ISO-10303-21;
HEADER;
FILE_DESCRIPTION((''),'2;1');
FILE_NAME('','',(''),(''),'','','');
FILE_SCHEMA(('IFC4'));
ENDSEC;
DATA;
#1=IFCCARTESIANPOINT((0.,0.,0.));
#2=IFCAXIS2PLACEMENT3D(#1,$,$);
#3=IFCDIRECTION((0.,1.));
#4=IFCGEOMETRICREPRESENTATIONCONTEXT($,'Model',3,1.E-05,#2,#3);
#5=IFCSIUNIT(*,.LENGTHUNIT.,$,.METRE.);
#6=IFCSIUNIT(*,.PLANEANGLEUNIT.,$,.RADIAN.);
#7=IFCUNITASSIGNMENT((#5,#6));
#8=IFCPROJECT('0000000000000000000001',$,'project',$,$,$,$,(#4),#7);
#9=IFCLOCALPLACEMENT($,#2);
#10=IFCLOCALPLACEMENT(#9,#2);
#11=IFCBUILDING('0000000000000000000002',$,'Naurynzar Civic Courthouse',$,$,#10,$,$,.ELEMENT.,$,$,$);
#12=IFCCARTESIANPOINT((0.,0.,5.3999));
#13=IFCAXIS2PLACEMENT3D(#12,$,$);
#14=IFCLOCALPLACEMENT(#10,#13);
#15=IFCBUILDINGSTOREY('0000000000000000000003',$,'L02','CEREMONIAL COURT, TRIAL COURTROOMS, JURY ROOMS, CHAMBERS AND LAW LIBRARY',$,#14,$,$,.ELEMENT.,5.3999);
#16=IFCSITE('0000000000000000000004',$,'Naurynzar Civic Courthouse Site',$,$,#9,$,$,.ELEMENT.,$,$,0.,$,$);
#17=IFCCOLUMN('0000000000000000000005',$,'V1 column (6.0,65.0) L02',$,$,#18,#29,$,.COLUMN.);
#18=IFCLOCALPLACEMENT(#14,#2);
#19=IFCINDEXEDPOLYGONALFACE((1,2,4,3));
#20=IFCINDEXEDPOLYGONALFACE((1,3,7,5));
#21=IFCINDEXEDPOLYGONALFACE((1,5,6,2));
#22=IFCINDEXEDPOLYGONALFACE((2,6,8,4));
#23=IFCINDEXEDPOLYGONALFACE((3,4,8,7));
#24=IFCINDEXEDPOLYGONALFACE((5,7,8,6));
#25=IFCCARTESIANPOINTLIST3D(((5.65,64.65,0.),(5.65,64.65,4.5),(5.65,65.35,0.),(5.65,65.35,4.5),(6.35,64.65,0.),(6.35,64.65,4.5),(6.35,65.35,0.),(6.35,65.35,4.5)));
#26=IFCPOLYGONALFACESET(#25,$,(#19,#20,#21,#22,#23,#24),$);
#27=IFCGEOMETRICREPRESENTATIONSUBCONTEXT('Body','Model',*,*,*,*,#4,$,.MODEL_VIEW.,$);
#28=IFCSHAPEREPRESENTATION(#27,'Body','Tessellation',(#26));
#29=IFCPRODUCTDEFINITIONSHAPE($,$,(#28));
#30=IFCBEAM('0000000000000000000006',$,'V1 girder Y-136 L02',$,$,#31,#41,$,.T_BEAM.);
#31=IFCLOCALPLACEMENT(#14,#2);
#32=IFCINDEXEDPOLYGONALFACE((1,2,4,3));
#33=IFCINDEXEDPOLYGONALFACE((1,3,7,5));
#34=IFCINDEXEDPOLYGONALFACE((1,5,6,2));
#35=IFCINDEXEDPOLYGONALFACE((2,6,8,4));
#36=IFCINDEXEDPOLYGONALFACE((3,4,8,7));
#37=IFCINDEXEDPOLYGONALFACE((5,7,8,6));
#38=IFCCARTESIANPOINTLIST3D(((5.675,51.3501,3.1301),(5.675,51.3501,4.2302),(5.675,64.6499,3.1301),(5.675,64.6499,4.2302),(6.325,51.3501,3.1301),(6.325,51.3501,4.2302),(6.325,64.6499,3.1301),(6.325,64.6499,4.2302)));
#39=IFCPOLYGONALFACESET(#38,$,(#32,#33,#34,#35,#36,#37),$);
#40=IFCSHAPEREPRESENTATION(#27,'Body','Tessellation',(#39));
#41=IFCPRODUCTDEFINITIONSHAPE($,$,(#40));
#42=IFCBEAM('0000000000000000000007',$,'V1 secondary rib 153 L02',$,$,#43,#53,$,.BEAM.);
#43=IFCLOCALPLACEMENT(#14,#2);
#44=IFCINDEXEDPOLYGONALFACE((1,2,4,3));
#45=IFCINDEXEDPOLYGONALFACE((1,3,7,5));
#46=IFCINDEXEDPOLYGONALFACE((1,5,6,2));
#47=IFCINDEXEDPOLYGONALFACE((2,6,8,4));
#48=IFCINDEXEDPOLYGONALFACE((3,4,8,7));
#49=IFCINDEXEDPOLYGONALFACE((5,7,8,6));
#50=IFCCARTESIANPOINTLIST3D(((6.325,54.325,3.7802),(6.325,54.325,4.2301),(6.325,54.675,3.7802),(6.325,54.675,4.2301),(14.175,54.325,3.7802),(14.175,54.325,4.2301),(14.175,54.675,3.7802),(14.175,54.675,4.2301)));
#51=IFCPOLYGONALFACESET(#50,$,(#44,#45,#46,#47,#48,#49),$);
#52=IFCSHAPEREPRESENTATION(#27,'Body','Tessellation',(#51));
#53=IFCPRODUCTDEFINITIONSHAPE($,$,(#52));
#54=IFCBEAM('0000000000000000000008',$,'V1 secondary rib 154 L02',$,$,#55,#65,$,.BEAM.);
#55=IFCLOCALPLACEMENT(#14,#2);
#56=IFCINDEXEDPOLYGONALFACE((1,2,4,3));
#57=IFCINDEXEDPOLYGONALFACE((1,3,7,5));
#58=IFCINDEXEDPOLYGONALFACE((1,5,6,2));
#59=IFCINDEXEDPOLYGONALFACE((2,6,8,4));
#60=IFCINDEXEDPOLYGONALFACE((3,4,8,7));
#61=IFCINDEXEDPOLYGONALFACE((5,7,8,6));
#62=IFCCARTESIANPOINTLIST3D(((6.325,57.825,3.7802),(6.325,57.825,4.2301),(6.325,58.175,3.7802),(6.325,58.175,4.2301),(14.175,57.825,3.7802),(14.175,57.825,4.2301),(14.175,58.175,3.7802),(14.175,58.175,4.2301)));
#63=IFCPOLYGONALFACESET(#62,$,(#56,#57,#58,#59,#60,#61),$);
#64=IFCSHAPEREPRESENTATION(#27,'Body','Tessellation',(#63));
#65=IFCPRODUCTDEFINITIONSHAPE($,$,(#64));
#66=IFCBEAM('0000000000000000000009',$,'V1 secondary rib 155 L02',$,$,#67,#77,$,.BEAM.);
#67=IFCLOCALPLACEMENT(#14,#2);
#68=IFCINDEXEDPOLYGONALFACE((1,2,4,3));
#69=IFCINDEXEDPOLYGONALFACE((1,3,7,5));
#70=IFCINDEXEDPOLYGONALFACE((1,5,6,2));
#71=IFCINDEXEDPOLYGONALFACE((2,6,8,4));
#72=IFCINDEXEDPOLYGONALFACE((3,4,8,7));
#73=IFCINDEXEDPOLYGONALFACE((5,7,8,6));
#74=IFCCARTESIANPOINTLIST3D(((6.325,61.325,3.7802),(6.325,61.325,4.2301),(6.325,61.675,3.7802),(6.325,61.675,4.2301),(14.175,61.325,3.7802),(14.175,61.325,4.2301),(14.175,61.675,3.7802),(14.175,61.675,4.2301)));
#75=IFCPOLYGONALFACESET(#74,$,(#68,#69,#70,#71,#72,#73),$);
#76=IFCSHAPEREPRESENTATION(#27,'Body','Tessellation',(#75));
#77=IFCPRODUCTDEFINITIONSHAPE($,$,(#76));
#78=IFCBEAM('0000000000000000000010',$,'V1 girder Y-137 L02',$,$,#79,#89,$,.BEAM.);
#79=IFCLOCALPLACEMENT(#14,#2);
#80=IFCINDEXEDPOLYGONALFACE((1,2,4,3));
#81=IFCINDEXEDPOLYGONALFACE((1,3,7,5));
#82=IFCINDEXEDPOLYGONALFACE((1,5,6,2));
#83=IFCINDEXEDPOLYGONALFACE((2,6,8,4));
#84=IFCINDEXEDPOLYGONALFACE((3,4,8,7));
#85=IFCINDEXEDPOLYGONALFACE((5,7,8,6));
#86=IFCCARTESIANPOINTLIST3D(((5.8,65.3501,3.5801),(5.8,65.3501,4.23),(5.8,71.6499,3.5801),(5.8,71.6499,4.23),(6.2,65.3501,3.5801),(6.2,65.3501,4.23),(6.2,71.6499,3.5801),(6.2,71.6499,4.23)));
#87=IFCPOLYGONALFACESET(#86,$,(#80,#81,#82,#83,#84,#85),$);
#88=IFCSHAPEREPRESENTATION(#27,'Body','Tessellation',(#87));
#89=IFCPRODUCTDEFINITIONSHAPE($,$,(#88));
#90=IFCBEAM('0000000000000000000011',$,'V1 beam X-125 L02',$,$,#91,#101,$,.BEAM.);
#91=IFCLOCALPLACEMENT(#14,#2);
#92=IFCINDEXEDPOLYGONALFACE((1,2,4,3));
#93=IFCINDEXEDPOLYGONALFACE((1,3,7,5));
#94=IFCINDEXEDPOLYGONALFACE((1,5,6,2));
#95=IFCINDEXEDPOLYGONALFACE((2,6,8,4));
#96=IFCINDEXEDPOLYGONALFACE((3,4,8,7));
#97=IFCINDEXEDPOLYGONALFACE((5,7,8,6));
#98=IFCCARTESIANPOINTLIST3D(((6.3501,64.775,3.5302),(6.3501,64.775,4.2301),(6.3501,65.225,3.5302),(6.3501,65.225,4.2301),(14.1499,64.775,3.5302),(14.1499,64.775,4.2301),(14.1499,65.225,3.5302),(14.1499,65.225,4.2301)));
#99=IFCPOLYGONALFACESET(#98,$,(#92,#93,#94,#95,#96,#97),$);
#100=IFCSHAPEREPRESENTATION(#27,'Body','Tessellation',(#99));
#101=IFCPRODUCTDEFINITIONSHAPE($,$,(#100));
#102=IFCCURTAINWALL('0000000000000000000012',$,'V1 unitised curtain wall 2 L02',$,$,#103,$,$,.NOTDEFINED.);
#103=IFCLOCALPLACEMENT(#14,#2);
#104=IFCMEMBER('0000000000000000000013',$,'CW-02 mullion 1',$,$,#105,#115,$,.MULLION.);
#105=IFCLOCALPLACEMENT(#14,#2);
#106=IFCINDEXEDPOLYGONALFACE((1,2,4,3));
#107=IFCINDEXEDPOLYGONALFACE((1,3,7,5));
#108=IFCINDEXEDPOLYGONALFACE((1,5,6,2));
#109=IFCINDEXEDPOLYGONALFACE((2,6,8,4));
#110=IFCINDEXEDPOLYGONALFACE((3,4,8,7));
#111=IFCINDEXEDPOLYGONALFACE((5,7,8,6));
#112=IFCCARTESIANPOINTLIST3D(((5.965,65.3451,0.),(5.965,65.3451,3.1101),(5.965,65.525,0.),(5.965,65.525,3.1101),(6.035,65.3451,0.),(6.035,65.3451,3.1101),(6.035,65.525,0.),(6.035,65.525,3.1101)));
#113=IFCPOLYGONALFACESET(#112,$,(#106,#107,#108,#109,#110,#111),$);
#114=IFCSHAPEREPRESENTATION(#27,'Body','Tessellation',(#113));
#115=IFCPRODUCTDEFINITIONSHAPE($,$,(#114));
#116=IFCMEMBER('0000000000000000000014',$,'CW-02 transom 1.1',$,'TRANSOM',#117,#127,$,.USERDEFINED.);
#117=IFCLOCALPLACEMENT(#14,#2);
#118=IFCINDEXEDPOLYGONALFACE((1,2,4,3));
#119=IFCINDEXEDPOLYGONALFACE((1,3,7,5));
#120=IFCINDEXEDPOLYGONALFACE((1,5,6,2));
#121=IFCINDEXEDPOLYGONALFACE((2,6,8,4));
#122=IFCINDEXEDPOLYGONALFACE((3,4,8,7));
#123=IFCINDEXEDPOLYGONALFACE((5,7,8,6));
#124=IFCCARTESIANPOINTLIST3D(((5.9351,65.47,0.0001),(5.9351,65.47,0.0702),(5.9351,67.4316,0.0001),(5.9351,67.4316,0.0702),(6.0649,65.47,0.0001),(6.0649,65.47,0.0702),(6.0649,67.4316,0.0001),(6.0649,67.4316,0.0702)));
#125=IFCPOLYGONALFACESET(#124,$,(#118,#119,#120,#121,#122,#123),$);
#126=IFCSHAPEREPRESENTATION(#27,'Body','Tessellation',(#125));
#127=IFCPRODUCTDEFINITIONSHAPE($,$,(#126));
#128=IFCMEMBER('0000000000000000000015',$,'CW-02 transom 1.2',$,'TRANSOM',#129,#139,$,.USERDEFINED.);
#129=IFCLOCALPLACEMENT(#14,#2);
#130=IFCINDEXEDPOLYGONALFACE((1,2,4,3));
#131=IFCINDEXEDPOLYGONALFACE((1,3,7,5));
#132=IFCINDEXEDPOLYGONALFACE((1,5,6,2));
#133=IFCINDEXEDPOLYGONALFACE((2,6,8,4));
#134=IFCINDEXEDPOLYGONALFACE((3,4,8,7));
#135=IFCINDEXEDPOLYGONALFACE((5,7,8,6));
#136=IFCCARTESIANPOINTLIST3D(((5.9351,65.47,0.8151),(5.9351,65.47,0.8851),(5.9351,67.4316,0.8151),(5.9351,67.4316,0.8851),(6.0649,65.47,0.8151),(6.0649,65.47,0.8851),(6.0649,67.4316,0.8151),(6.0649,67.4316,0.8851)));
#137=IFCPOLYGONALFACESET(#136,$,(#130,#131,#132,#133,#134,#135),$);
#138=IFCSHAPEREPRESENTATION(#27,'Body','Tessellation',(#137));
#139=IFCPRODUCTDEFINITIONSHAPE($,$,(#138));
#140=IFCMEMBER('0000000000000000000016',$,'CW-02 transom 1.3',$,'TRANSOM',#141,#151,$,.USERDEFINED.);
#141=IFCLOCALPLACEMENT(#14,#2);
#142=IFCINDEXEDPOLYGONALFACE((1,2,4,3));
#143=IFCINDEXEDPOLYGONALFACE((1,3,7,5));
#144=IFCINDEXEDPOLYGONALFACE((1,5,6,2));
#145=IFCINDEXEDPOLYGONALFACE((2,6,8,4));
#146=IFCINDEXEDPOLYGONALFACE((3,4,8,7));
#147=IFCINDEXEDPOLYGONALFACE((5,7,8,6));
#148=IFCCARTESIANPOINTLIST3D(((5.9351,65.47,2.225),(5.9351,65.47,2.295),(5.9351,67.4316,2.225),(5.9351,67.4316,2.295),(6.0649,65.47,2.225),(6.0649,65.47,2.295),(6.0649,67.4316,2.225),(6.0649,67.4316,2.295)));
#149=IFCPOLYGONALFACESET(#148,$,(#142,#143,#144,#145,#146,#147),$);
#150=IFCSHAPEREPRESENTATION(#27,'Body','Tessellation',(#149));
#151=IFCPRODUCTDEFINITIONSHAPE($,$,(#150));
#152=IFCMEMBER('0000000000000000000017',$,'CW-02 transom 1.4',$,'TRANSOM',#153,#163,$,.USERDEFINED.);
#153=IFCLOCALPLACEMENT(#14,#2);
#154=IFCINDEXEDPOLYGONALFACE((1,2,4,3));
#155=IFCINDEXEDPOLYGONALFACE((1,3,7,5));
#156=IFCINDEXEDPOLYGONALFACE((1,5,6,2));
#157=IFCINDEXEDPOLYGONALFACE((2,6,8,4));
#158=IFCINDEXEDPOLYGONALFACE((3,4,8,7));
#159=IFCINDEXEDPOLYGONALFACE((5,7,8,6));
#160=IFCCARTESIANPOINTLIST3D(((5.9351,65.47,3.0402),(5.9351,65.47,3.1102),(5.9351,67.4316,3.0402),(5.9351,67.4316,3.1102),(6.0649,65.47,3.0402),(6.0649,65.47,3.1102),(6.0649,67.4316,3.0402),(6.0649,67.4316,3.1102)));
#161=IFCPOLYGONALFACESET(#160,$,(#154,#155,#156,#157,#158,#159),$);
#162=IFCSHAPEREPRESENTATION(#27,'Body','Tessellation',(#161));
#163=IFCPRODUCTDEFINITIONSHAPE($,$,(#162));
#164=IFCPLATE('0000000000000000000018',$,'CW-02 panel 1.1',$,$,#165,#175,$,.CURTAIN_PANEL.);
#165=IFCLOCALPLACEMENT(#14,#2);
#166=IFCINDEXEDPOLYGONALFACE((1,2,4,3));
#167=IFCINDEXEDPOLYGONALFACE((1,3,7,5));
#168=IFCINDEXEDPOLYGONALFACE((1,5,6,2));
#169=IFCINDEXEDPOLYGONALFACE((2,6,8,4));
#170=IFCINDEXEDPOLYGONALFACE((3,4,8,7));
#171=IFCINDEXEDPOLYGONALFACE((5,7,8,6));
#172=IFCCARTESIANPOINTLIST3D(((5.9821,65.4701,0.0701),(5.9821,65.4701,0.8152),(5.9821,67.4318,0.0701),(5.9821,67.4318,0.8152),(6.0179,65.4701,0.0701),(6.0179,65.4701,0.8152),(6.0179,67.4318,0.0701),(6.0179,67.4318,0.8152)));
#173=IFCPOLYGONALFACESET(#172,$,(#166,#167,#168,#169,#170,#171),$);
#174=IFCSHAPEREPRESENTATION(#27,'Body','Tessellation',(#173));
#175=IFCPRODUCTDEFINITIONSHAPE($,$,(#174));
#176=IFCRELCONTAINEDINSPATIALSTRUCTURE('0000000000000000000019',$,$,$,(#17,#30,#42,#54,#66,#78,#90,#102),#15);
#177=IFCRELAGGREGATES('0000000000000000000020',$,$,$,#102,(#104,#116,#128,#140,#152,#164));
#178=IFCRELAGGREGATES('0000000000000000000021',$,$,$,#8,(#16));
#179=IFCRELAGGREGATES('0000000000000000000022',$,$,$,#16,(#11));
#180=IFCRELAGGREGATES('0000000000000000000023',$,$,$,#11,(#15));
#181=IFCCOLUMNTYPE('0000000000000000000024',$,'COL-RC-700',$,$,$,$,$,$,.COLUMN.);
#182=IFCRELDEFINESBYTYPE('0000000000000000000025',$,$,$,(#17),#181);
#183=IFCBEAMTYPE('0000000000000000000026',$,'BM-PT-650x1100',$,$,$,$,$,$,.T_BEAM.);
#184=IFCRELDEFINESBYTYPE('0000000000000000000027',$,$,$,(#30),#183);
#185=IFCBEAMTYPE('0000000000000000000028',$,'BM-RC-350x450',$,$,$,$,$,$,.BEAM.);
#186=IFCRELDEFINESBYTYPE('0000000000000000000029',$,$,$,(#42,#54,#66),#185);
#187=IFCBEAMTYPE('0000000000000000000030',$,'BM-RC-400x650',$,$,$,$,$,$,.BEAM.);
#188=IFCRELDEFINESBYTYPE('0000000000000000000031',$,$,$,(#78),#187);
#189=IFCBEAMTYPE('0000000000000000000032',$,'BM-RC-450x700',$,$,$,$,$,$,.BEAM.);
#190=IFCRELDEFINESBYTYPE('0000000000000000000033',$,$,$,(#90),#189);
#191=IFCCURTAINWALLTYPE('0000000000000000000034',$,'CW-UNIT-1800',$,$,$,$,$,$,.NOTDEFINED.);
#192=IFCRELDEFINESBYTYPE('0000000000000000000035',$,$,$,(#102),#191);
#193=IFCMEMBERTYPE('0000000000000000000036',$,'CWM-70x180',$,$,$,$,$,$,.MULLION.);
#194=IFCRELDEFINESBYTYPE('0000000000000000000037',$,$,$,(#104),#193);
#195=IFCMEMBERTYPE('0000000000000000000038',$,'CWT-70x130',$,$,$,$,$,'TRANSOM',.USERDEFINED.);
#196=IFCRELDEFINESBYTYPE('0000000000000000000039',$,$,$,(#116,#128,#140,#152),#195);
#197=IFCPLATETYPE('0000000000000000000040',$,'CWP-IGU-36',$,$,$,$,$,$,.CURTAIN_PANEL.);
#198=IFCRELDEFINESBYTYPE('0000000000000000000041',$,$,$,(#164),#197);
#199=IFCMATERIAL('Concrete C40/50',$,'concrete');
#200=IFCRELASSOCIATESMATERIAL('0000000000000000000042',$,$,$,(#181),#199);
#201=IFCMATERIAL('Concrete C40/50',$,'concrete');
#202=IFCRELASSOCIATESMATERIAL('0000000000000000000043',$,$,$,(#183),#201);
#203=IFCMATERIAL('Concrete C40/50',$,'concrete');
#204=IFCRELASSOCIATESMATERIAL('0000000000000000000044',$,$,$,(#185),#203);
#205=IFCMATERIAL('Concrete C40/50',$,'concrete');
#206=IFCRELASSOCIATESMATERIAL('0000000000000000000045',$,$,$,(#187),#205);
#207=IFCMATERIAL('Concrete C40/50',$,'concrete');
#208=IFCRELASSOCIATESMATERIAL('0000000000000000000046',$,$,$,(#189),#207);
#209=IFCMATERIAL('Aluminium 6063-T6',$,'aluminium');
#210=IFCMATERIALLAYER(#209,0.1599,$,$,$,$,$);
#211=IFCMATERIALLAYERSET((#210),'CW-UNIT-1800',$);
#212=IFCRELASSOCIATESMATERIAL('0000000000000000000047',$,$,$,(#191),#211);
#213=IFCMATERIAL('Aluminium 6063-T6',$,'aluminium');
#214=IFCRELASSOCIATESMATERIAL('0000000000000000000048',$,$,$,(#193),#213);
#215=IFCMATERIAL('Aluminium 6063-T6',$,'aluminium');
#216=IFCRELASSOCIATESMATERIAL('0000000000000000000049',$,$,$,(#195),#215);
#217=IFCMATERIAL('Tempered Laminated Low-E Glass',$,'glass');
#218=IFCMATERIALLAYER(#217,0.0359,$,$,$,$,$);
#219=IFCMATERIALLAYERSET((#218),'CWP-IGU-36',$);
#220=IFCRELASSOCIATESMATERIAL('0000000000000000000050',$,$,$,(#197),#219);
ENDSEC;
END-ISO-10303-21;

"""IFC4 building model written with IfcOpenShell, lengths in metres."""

from ifc_helpers import new_model, si_unit, direction, frame, origin, origin_2d, place, context, subcontext, project, spatial, rectangle, extrude, material, layer, layer_set, material_profile, profile_set, type_object, element, aggregate, save


model = new_model("IFC4")

# Units and contexts
model_context = context("Model", 3, precision=1e-05, world=origin(), true_north=direction((0.0, 1.0)))
body_context = subcontext(model_context, "Body", "Model", "MODEL_VIEW")
ifc_project = project(units=[si_unit("LENGTHUNIT", "METRE"), si_unit("PLANEANGLEUNIT", "RADIAN")], contexts=[model_context])

# Site, building, storey
site_placement = place(None, origin())
site = spatial("IfcSite", under=ifc_project, at=site_placement, Name="Naurynzar Civic Courthouse Site", CompositionType="ELEMENT", RefElevation=0.0)
building_placement = place(site_placement, origin())
building = spatial("IfcBuilding", under=site, at=building_placement, Name="Naurynzar Civic Courthouse", CompositionType="ELEMENT")
storey_placement = place(building_placement, frame((0.0, 0.0, 5.3999)))
storey = spatial("IfcBuildingStorey", under=building, at=storey_placement, Name="L02", Description="CEREMONIAL COURT, TRIAL COURTROOMS, JURY ROOMS, CHAMBERS AND LAW LIBRARY", CompositionType="ELEMENT", Elevation=5.3999)

# Column
ifc_material_1 = material(Name="Concrete C40/50", Category="concrete")
ifc_material_profile_1 = material_profile(ifc_material_1, rectangle(XDim=0.7, YDim=0.7, at=origin_2d()), Name="RC 700x700")
ifc_profile_set_1 = profile_set([ifc_material_profile_1], Name="Concrete C40/50")
column_type = type_object("IfcColumnType", Name="COL-RC-700", PredefinedType="COLUMN", material=ifc_profile_set_1)
column_placement = place(storey_placement, frame((6.0, 65.0, 0.0), z_axis=(0.0, 0.0, 1.0), x_axis=(1.0, 0.0, 0.0)))
element("IfcColumn", 1, at=column_placement, inside=storey, type_object=column_type, Name="V1 column (6.0,65.0) L02", PredefinedType="COLUMN", context=body_context, shape_type="SweptSolid", body=[
    extrude(rectangle(XDim=0.7, YDim=0.7, at=origin_2d()), origin(), (0.0, 0.0, 1.0), 4.5),
])

# Beams
ifc_material_2 = material(Name="Concrete C40/50", Category="concrete")
ifc_material_profile_2 = material_profile(ifc_material_2, rectangle(XDim=0.6499, YDim=1.1001, at=origin_2d()), Name="PTB 650x1100")
ifc_profile_set_2 = profile_set([ifc_material_profile_2], Name="Concrete C40/50")
beam_type_1 = type_object("IfcBeamType", Name="BM-PT-650x1100", PredefinedType="T_BEAM", material=ifc_profile_set_2)
beam_1_placement = place(storey_placement, frame((6.0, 51.3501, 3.6802), z_axis=(0.0, 1.0, 0.0), x_axis=(-1.0, 0.0, 0.0)))
element("IfcBeam", 2, at=beam_1_placement, inside=storey, type_object=beam_type_1, Name="V1 girder Y-136 L02", PredefinedType="T_BEAM", context=body_context, shape_type="SweptSolid", body=[
    extrude(rectangle(XDim=0.6499, YDim=1.1001, at=origin_2d()), origin(), (0.0, 0.0, 1.0), 13.2998),
])
ifc_material_3 = material(Name="Concrete C40/50", Category="concrete")
ifc_material_profile_3 = material_profile(ifc_material_3, rectangle(XDim=0.3501, YDim=0.45, at=origin_2d()), Name="RCB 350x450")
ifc_profile_set_3 = profile_set([ifc_material_profile_3], Name="Concrete C40/50")
beam_type_2 = type_object("IfcBeamType", Name="BM-RC-350x450", PredefinedType="BEAM", material=ifc_profile_set_3)
for number, where, z_axis, x_axis, name in (
    (3, (6.325, 54.5, 4.0051), (1.0, 0.0, 0.0), (0.0, 1.0, 0.0), "V1 secondary rib 153 L02"),
    (4, (6.325, 58.0, 4.0051), (1.0, 0.0, 0.0), (0.0, 1.0, 0.0), "V1 secondary rib 154 L02"),
    (5, (6.325, 61.5, 4.0051), (1.0, 0.0, 0.0), (0.0, 1.0, 0.0), "V1 secondary rib 155 L02"),
):
    element("IfcBeam", number, at=place(storey_placement, frame(where, z_axis=z_axis, x_axis=x_axis)), inside=storey, type_object=beam_type_2, Name=name, PredefinedType="BEAM", context=body_context, shape_type="SweptSolid", body=[
        extrude(rectangle(XDim=0.3501, YDim=0.45, at=origin_2d()), origin(), (0.0, 0.0, 1.0), 7.8501),
    ])
ifc_material_4 = material(Name="Concrete C40/50", Category="concrete")
ifc_material_profile_4 = material_profile(ifc_material_4, rectangle(XDim=0.3999, YDim=0.6499, at=origin_2d()), Name="RCB 400x650")
ifc_profile_set_4 = profile_set([ifc_material_profile_4], Name="Concrete C40/50")
beam_type_3 = type_object("IfcBeamType", Name="BM-RC-400x650", PredefinedType="BEAM", material=ifc_profile_set_4)
beam_2_placement = place(storey_placement, frame((6.0, 65.3501, 3.905), z_axis=(0.0, 1.0, 0.0), x_axis=(-1.0, 0.0, 0.0)))
element("IfcBeam", 6, at=beam_2_placement, inside=storey, type_object=beam_type_3, Name="V1 girder Y-137 L02", PredefinedType="BEAM", context=body_context, shape_type="SweptSolid", body=[
    extrude(rectangle(XDim=0.3999, YDim=0.6499, at=origin_2d()), origin(), (0.0, 0.0, 1.0), 6.2998),
])
ifc_material_5 = material(Name="Concrete C40/50", Category="concrete")
ifc_material_profile_5 = material_profile(ifc_material_5, rectangle(XDim=0.45, YDim=0.7, at=origin_2d()), Name="RCB 450x700")
ifc_profile_set_5 = profile_set([ifc_material_profile_5], Name="Concrete C40/50")
beam_type_4 = type_object("IfcBeamType", Name="BM-RC-450x700", PredefinedType="BEAM", material=ifc_profile_set_5)
beam_3_placement = place(storey_placement, frame((6.3501, 65.0, 3.8801), z_axis=(1.0, 0.0, 0.0), x_axis=(0.0, 1.0, 0.0)))
element("IfcBeam", 7, at=beam_3_placement, inside=storey, type_object=beam_type_4, Name="V1 beam X-125 L02", PredefinedType="BEAM", context=body_context, shape_type="SweptSolid", body=[
    extrude(rectangle(XDim=0.45, YDim=0.7, at=origin_2d()), origin(), (0.0, 0.0, 1.0), 7.7998),
])

# Curtain wall, members, plate
ifc_material_6 = material(Name="Aluminium 6063-T6", Category="aluminium")
ifc_layer_1 = layer(ifc_material_6, 0.1599)
ifc_layer_set_1 = layer_set([ifc_layer_1], Name="CW-UNIT-1800")
curtain_wall_type = type_object("IfcCurtainWallType", Name="CW-UNIT-1800", PredefinedType="NOTDEFINED", material=ifc_layer_set_1)
curtain_wall_placement = place(storey_placement, origin())
curtain_wall = element("IfcCurtainWall", 8, at=curtain_wall_placement, inside=storey, type_object=curtain_wall_type, Name="V1 unitised curtain wall 2 L02", PredefinedType="NOTDEFINED")
ifc_material_7 = material(Name="Aluminium 6063-T6", Category="aluminium")
ifc_material_profile_6 = material_profile(ifc_material_7, rectangle(XDim=0.0701, YDim=0.1799, at=origin_2d()), Name="ALU MULLION 70x180")
ifc_profile_set_6 = profile_set([ifc_material_profile_6], Name="Aluminium 6063-T6")
member_type_1 = type_object("IfcMemberType", Name="CWM-70x180", PredefinedType="MULLION", material=ifc_profile_set_6)
member_1_placement = place(storey_placement, frame((6.0, 65.4351, 0.0), z_axis=(0.0, 0.0, 1.0), x_axis=(-1.0, 0.0, 0.0)))
member_1 = element("IfcMember", 9, at=member_1_placement, type_object=member_type_1, Name="CW-02 mullion 1", PredefinedType="MULLION", context=body_context, shape_type="SweptSolid", body=[
    extrude(rectangle(XDim=0.0701, YDim=0.1799, at=origin_2d()), origin(), (0.0, 0.0, 1.0), 3.1101),
])
ifc_material_8 = material(Name="Aluminium 6063-T6", Category="aluminium")
ifc_material_profile_7 = material_profile(ifc_material_8, rectangle(XDim=0.1299, YDim=0.0701, at=origin_2d()), Name="ALU TRANSOM 70x130")
ifc_profile_set_7 = profile_set([ifc_material_profile_7], Name="Aluminium 6063-T6")
member_type_2 = type_object("IfcMemberType", Name="CWT-70x130", ElementType="TRANSOM", PredefinedType="USERDEFINED", material=ifc_profile_set_7)
member_2_placement = place(storey_placement, frame((6.0, 65.47, 0.0352), z_axis=(0.0, 1.0, 0.0), x_axis=(-1.0, 0.0, 0.0)))
member_2 = element("IfcMember", 10, at=member_2_placement, type_object=member_type_2, Name="CW-02 transom 1.1", ObjectType="TRANSOM", PredefinedType="USERDEFINED", context=body_context, shape_type="SweptSolid", body=[
    extrude(rectangle(XDim=0.1299, YDim=0.0701, at=origin_2d()), origin(), (0.0, 0.0, 1.0), 1.9617),
])
member_3_placement = place(storey_placement, frame((6.0, 65.47, 0.8501), z_axis=(0.0, 1.0, 0.0), x_axis=(-1.0, 0.0, 0.0)))
member_3 = element("IfcMember", 11, at=member_3_placement, type_object=member_type_2, Name="CW-02 transom 1.2", ObjectType="TRANSOM", PredefinedType="USERDEFINED", context=body_context, shape_type="SweptSolid", body=[
    extrude(rectangle(XDim=0.1299, YDim=0.0701, at=origin_2d()), origin(), (0.0, 0.0, 1.0), 1.9617),
])
member_4_placement = place(storey_placement, frame((6.0, 65.47, 2.26), z_axis=(0.0, 1.0, 0.0), x_axis=(-1.0, 0.0, 0.0)))
member_4 = element("IfcMember", 12, at=member_4_placement, type_object=member_type_2, Name="CW-02 transom 1.3", ObjectType="TRANSOM", PredefinedType="USERDEFINED", context=body_context, shape_type="SweptSolid", body=[
    extrude(rectangle(XDim=0.1299, YDim=0.0701, at=origin_2d()), origin(), (0.0, 0.0, 1.0), 1.9617),
])
member_5_placement = place(storey_placement, frame((6.0, 65.47, 3.0752), z_axis=(0.0, 1.0, 0.0), x_axis=(-1.0, 0.0, 0.0)))
member_5 = element("IfcMember", 13, at=member_5_placement, type_object=member_type_2, Name="CW-02 transom 1.4", ObjectType="TRANSOM", PredefinedType="USERDEFINED", context=body_context, shape_type="SweptSolid", body=[
    extrude(rectangle(XDim=0.1299, YDim=0.0701, at=origin_2d()), origin(), (0.0, 0.0, 1.0), 1.9617),
])
ifc_material_9 = material(Name="Tempered Laminated Low-E Glass", Category="glass")
ifc_layer_2 = layer(ifc_material_9, 0.0359)
ifc_layer_set_2 = layer_set([ifc_layer_2], Name="CWP-IGU-36")
plate_type = type_object("IfcPlateType", Name="CWP-IGU-36", PredefinedType="CURTAIN_PANEL", material=ifc_layer_set_2)
plate_1_placement = place(storey_placement, frame((6.0, 66.4509, 0.0701), z_axis=(0.0, 0.0, 1.0), x_axis=(0.0, 1.0, 0.0)))
plate_1 = element("IfcPlate", 14, at=plate_1_placement, type_object=plate_type, Name="CW-02 panel 1.1", PredefinedType="CURTAIN_PANEL", context=body_context, shape_type="SweptSolid", body=[
    extrude(rectangle(XDim=1.9617, YDim=0.0359, at=origin_2d()), origin(), (0.0, 0.0, 1.0), 0.7451),
])
aggregate(curtain_wall, [member_1, member_2, member_3, member_4, member_5, plate_1])

save(model, "model.ifc")
